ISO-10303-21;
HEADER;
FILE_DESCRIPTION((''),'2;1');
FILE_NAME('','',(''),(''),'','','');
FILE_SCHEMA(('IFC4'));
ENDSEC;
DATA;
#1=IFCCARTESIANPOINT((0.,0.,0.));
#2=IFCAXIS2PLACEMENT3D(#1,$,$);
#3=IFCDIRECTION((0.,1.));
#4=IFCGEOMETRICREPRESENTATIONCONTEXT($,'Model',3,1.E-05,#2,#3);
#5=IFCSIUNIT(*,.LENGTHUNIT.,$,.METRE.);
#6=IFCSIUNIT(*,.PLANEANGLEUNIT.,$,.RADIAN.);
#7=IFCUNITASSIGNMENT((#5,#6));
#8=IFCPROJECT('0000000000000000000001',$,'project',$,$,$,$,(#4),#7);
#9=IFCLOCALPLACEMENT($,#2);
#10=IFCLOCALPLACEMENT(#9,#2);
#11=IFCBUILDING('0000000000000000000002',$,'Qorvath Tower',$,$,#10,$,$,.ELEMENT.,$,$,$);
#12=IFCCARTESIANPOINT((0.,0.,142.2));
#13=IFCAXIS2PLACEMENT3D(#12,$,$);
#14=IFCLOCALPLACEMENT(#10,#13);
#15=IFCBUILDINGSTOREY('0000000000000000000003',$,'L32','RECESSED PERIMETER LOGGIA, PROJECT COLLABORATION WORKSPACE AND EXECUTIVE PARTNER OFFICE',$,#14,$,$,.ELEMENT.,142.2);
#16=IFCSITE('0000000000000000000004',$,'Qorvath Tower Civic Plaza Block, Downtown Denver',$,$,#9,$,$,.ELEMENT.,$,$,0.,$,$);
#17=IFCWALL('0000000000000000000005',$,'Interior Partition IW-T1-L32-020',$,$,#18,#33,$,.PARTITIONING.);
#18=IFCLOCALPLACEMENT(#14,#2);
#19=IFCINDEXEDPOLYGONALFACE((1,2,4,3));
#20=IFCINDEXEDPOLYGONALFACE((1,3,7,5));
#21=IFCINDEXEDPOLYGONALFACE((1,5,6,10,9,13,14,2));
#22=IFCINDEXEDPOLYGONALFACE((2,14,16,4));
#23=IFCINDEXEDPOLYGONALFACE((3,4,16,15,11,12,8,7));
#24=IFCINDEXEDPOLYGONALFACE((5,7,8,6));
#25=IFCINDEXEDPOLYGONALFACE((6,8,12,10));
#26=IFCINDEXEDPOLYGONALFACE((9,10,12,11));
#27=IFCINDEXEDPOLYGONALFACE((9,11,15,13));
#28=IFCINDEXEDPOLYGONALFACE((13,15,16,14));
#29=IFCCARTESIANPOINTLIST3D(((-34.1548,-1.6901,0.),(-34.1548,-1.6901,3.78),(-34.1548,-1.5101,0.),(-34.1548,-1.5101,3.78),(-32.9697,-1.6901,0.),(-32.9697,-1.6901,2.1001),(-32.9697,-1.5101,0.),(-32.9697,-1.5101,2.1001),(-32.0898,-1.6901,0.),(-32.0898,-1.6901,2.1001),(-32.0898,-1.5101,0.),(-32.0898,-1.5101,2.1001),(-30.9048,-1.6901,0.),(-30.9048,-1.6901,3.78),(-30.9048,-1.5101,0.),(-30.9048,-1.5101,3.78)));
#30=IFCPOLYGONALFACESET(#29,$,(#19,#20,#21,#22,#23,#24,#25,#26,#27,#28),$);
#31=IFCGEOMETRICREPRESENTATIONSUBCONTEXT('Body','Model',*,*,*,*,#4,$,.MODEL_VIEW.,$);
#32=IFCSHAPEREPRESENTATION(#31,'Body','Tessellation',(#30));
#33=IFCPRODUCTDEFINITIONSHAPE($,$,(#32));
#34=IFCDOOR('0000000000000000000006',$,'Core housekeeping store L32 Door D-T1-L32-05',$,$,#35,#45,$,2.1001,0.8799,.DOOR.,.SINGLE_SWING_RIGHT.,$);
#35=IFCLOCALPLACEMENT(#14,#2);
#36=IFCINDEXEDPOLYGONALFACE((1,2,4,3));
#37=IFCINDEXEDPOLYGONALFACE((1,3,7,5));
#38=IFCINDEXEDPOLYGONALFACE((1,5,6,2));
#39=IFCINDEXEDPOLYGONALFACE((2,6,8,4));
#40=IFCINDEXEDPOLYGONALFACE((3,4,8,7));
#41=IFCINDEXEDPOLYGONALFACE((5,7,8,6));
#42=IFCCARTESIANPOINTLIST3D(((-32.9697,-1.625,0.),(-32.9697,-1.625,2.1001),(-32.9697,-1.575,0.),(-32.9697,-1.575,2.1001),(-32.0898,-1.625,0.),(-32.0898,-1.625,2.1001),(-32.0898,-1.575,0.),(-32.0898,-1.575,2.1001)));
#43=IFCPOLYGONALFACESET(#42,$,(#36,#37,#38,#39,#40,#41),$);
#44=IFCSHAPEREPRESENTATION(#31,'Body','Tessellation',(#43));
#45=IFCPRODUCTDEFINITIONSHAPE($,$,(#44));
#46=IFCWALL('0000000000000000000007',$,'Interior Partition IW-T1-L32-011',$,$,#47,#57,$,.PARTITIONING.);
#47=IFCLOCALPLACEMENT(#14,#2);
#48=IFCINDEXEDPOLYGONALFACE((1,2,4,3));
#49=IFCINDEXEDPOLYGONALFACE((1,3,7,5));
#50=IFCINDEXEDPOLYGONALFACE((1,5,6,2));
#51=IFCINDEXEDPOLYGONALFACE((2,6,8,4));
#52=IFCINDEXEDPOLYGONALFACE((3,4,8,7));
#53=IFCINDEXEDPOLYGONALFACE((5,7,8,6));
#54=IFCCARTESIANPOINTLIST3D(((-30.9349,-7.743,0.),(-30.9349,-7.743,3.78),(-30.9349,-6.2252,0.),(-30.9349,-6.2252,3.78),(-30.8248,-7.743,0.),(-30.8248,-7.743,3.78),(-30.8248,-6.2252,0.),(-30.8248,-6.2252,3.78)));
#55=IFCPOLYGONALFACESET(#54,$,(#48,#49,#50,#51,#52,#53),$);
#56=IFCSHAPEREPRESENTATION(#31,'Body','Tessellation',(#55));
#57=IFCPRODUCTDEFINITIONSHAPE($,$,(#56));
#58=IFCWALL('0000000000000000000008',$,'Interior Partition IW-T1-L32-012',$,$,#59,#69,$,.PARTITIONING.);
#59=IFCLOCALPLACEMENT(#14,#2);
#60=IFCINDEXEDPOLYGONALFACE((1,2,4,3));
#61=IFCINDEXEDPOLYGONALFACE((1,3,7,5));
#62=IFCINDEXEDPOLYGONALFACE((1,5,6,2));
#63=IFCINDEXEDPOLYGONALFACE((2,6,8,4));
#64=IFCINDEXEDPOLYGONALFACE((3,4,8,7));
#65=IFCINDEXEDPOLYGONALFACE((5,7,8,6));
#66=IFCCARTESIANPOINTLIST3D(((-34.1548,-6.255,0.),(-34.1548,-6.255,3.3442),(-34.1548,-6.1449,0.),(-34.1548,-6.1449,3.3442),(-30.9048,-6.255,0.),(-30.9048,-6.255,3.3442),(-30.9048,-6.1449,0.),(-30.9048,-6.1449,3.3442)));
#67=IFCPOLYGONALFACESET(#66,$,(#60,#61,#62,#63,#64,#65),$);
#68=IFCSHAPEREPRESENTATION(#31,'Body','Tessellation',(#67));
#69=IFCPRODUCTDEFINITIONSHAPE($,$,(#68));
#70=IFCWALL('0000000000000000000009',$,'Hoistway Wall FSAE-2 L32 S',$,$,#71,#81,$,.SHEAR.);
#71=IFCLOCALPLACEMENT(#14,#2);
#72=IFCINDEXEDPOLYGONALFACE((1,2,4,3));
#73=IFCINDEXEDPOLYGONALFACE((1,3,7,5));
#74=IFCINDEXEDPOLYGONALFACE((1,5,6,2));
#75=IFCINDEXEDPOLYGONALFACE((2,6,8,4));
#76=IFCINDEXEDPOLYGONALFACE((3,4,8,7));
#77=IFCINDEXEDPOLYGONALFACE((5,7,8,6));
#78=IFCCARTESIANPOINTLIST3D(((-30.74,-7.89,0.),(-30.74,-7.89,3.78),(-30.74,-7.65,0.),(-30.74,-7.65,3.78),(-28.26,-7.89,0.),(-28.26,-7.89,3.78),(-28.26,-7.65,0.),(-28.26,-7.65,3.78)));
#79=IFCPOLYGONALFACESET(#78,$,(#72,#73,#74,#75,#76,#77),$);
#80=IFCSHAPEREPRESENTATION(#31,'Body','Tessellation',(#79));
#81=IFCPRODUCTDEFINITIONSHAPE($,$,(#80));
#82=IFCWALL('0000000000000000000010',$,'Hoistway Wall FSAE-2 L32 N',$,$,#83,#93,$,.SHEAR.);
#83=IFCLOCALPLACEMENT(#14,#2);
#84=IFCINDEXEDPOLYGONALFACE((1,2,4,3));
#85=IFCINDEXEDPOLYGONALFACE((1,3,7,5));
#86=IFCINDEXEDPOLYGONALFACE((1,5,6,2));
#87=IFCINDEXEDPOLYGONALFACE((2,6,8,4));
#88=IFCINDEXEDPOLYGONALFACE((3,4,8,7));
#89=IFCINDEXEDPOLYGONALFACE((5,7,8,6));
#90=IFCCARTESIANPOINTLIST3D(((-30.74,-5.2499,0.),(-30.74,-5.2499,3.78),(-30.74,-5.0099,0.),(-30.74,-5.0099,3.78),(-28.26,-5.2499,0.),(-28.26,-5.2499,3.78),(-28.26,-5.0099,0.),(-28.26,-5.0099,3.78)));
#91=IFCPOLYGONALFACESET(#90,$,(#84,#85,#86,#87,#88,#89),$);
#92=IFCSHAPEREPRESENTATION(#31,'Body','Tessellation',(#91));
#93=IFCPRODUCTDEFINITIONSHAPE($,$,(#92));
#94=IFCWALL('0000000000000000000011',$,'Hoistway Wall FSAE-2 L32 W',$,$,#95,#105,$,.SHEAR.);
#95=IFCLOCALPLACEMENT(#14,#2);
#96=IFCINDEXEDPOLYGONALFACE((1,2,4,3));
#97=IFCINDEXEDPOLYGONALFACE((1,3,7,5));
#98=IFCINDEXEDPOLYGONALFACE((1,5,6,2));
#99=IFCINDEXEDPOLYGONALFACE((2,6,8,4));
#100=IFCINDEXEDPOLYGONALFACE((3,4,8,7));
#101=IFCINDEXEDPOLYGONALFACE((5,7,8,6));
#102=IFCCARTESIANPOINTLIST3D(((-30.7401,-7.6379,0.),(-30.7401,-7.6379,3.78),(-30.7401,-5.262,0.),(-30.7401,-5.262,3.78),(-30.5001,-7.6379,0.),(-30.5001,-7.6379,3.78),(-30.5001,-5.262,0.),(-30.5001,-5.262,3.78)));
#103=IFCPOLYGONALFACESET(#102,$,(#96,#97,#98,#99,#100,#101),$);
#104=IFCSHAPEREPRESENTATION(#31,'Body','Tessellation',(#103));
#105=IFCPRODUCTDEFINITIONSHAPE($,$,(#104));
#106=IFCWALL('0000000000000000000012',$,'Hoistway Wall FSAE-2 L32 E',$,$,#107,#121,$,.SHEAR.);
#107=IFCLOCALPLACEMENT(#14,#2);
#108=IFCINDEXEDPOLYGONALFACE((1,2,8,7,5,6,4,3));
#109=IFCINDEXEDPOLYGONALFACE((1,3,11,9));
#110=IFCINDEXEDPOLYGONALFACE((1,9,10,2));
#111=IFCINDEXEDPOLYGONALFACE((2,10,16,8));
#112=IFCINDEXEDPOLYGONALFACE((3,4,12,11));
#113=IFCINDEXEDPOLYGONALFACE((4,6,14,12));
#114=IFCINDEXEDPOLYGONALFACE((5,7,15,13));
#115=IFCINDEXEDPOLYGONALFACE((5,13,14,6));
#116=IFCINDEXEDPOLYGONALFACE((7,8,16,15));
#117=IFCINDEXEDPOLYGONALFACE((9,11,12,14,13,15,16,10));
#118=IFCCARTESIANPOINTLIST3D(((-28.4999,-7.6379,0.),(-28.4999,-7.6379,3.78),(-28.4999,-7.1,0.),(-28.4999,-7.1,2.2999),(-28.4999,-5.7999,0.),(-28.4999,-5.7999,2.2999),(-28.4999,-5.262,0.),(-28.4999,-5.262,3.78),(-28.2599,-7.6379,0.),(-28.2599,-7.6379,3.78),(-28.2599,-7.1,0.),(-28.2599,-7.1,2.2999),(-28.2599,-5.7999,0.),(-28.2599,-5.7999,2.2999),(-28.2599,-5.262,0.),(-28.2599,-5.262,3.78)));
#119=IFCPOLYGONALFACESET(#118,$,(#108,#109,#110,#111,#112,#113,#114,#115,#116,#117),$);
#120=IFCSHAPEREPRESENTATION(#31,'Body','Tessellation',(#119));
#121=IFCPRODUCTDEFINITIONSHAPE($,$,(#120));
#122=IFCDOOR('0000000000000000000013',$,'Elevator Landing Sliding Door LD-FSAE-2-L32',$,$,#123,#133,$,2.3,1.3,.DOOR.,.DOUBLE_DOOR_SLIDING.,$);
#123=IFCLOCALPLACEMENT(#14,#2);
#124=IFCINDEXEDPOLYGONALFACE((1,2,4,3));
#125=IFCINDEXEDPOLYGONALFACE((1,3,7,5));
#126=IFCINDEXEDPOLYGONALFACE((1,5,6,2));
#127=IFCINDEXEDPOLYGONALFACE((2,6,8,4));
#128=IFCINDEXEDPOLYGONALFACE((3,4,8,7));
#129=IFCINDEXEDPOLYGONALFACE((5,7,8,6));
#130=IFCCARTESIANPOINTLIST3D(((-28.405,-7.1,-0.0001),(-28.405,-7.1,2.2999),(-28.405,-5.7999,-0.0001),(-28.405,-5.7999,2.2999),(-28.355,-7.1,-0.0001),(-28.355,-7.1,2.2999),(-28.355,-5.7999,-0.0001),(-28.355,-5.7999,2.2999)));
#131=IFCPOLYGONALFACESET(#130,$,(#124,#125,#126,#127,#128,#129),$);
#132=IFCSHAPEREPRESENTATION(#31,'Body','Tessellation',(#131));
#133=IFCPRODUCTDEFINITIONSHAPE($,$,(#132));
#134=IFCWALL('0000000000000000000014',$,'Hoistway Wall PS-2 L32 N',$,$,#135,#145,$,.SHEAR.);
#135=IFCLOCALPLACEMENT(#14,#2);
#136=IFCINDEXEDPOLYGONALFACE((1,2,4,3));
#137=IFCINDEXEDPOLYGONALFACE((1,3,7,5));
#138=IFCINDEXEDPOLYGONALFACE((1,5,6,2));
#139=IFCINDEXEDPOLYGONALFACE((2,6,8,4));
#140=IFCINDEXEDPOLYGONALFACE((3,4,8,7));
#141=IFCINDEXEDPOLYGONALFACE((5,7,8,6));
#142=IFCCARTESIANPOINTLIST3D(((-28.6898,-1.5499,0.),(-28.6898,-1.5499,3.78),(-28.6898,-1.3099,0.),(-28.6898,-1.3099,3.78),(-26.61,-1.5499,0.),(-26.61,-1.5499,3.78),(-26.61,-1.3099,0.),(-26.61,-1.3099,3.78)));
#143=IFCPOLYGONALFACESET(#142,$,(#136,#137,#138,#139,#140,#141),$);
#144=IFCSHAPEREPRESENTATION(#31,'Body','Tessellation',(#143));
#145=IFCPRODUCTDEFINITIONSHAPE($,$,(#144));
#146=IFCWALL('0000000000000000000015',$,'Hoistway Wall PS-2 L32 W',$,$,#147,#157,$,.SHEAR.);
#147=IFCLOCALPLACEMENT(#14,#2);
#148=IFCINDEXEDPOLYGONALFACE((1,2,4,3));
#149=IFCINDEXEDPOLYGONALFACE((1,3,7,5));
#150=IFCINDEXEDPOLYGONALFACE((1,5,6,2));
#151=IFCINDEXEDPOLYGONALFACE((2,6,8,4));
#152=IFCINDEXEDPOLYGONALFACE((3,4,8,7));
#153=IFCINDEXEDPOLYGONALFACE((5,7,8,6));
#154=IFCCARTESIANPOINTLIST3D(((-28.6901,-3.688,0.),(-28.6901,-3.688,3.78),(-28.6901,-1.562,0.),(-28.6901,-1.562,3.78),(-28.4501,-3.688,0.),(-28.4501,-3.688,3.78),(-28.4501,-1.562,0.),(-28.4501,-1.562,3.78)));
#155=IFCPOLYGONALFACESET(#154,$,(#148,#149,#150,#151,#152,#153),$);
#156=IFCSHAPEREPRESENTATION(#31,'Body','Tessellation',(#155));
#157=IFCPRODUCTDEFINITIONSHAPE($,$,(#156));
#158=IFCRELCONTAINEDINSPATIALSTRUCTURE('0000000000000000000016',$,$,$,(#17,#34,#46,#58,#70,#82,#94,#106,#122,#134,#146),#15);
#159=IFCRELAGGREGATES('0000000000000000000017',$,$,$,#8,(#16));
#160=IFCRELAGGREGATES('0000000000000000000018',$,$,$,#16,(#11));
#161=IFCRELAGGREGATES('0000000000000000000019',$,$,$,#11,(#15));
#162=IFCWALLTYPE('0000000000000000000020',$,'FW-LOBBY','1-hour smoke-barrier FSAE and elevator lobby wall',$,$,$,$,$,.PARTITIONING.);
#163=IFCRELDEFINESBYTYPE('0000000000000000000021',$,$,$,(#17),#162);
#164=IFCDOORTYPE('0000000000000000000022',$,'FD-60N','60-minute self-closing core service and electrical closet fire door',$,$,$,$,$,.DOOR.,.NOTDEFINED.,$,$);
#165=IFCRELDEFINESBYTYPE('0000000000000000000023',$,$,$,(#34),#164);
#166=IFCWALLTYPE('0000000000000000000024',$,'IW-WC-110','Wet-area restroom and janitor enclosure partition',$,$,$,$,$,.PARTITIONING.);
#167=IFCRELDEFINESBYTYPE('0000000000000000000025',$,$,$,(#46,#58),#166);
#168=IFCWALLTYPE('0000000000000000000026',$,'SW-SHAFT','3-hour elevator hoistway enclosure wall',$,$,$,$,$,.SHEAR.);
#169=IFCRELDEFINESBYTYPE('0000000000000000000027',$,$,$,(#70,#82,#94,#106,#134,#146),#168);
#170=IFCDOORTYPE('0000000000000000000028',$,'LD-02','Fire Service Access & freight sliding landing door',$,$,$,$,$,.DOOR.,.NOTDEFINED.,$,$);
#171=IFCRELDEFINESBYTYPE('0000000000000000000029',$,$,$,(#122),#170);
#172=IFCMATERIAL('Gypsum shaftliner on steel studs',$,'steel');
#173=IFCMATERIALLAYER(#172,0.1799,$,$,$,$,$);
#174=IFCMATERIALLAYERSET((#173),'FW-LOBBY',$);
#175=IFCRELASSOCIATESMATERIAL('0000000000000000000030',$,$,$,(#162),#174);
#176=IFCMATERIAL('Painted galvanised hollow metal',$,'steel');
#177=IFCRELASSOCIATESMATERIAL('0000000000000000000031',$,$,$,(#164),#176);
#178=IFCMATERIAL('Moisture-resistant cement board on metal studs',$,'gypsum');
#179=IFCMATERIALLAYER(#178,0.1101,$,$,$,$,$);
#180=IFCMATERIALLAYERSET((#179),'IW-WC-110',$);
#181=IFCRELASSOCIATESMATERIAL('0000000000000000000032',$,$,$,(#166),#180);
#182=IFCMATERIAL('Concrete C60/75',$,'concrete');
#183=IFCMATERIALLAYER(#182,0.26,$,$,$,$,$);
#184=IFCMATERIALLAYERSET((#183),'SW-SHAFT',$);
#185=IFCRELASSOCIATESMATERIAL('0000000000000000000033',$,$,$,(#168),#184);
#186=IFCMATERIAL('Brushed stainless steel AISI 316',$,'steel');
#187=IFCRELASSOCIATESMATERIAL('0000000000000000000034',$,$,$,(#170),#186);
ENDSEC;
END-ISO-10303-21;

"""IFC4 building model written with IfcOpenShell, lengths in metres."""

from ifc_helpers import new_model, si_unit, direction, frame, frame_2d, origin, place, context, subcontext, project, spatial, rectangle, extrude, material, layer, layer_set, type_object, element, fill, save


model = new_model("IFC4")

# Units and contexts
model_context = context("Model", 3, precision=1e-05, world=origin(), true_north=direction((0.0, 1.0)))
body_context = subcontext(model_context, "Body", "Model", "MODEL_VIEW")
ifc_project = project(units=[si_unit("LENGTHUNIT", "METRE"), si_unit("PLANEANGLEUNIT", "RADIAN")], contexts=[model_context])

# Site, building, storey
site_placement = place(None, origin())
site = spatial("IfcSite", under=ifc_project, at=site_placement, Name="Qorvath Tower Civic Plaza Block, Downtown Denver", CompositionType="ELEMENT", RefElevation=0.0)
building_placement = place(site_placement, origin())
building = spatial("IfcBuilding", under=site, at=building_placement, Name="Qorvath Tower", CompositionType="ELEMENT")
storey_placement = place(building_placement, frame((0.0, 0.0, 142.2)))
storey = spatial("IfcBuildingStorey", under=building, at=storey_placement, Name="L32", Description="RECESSED PERIMETER LOGGIA, PROJECT COLLABORATION WORKSPACE AND EXECUTIVE PARTNER OFFICE", CompositionType="ELEMENT", Elevation=142.2)

# Shared definitions
ifc_material_1 = material(Name="Gypsum shaftliner on steel studs", Category="steel")
ifc_layer_1 = layer(ifc_material_1, 0.1799)
ifc_layer_set_1 = layer_set([ifc_layer_1], Name="FW-LOBBY")
wall_type_1 = type_object("IfcWallType", Name="FW-LOBBY", Description="1-hour smoke-barrier FSAE and elevator lobby wall", PredefinedType="PARTITIONING", material=ifc_layer_set_1)

# Wall, opening, door
wall_1_placement = place(storey_placement, frame((-30.9048, -1.6001, 0.0), z_axis=(0.0, 0.0, 1.0), x_axis=(-1.0, 0.0, 0.0)))
wall_1 = element("IfcWall", 1, at=wall_1_placement, inside=storey, type_object=wall_type_1, Name="Interior Partition IW-T1-L32-020", PredefinedType="PARTITIONING", context=body_context, shape_type="SweptSolid", body=[
    extrude(rectangle(XDim=3.25, YDim=0.1799, at=frame_2d((1.625, 0.0))), origin(), (0.0, 0.0, 1.0), 3.78),
])
opening_1_placement = place(wall_1_placement, frame((1.1851, 0.0, 0.0)))
opening_1 = element("IfcOpeningElement", 2, at=opening_1_placement, cuts=wall_1, PredefinedType="OPENING", context=body_context, shape_type="SweptSolid", body=[
    extrude(rectangle(XDim=0.8799, YDim=2.1001, at=frame_2d((0.4399, 1.05))), frame((0.0, 0.1001, 0.0), z_axis=(0.0, -1.0, 0.0), x_axis=(1.0, 0.0, 0.0)), (0.0, 0.0, 1.0), 0.2),
])
ifc_material_2 = material(Name="Painted galvanised hollow metal", Category="steel")
door_type_1 = type_object("IfcDoorType", Name="FD-60N", Description="60-minute self-closing core service and electrical closet fire door", OperationType="NOTDEFINED", PredefinedType="DOOR", material=ifc_material_2)
door_1_placement = place(opening_1_placement, origin())
door_1 = element("IfcDoor", 3, at=door_1_placement, inside=storey, type_object=door_type_1, Name="Core housekeeping store L32 Door D-T1-L32-05", OperationType="SINGLE_SWING_RIGHT", OverallHeight=2.1001, OverallWidth=0.8799, PredefinedType="DOOR", context=body_context, shape_type="SweptSolid", body=[
    extrude(rectangle(XDim=0.8799, YDim=2.1001, at=frame_2d((0.4399, 1.05))), frame((0.0, 0.0249, 0.0), z_axis=(0.0, -1.0, 0.0), x_axis=(1.0, 0.0, 0.0)), (0.0, 0.0, 1.0), 0.05),
])
fill(opening_1, door_1)

# Walls
ifc_material_3 = material(Name="Moisture-resistant cement board on metal studs", Category="gypsum")
ifc_layer_2 = layer(ifc_material_3, 0.1101)
ifc_layer_set_2 = layer_set([ifc_layer_2], Name="IW-WC-110")
wall_type_2 = type_object("IfcWallType", Name="IW-WC-110", Description="Wet-area restroom and janitor enclosure partition", PredefinedType="PARTITIONING", material=ifc_layer_set_2)
wall_2_placement = place(storey_placement, frame((-30.8799, -7.7429, 0.0), z_axis=(0.0, 0.0, 1.0), x_axis=(0.0, 1.0, 0.0)))
element("IfcWall", 4, at=wall_2_placement, inside=storey, type_object=wall_type_2, Name="Interior Partition IW-T1-L32-011", PredefinedType="PARTITIONING", context=body_context, shape_type="SweptSolid", body=[
    extrude(rectangle(XDim=1.5178, YDim=0.1101, at=frame_2d((0.7588, 0.0))), origin(), (0.0, 0.0, 1.0), 3.78),
])
wall_3_placement = place(storey_placement, frame((-30.9048, -6.2, 0.0), z_axis=(0.0, 0.0, 1.0), x_axis=(-1.0, 0.0, 0.0)))
element("IfcWall", 5, at=wall_3_placement, inside=storey, type_object=wall_type_2, Name="Interior Partition IW-T1-L32-012", PredefinedType="PARTITIONING", context=body_context, shape_type="SweptSolid", body=[
    extrude(rectangle(XDim=3.25, YDim=0.1101, at=frame_2d((1.625, 0.0))), origin(), (0.0, 0.0, 1.0), 3.3442),
])
ifc_material_4 = material(Name="Concrete C60/75", Category="concrete")
ifc_layer_3 = layer(ifc_material_4, 0.26)
ifc_layer_set_3 = layer_set([ifc_layer_3], Name="SW-SHAFT")
wall_type_3 = type_object("IfcWallType", Name="SW-SHAFT", Description="3-hour elevator hoistway enclosure wall", PredefinedType="SHEAR", material=ifc_layer_set_3)
for number, where, z_axis, x_axis, name in (
    (6, (-28.26, -7.77, 0.0), (0.0, 0.0, 1.0), (-1.0, 0.0, 0.0), "Hoistway Wall FSAE-2 L32 S"),
    (7, (-30.74, -5.1299, 0.0), (0.0, 0.0, 1.0), (1.0, 0.0, 0.0), "Hoistway Wall FSAE-2 L32 N"),
):
    element("IfcWall", number, at=place(storey_placement, frame(where, z_axis=z_axis, x_axis=x_axis)), inside=storey, type_object=wall_type_3, Name=name, PredefinedType="SHEAR", context=body_context, shape_type="SweptSolid", body=[
        extrude(rectangle(XDim=2.48, YDim=0.24, at=frame_2d((1.24, 0.0))), origin(), (0.0, 0.0, 1.0), 3.78),
    ])
wall_4_placement = place(storey_placement, frame((-30.6201, -7.6379, 0.0), z_axis=(0.0, 0.0, 1.0), x_axis=(0.0, 1.0, 0.0)))
element("IfcWall", 8, at=wall_4_placement, inside=storey, type_object=wall_type_3, Name="Hoistway Wall FSAE-2 L32 W", PredefinedType="SHEAR", context=body_context, shape_type="SweptSolid", body=[
    extrude(rectangle(XDim=2.376, YDim=0.24, at=frame_2d((1.188, 0.0))), origin(), (0.0, 0.0, 1.0), 3.78),
])

# Wall, opening, door
wall_5_placement = place(storey_placement, frame((-28.3799, -5.262, 0.0), z_axis=(0.0, 0.0, 1.0), x_axis=(0.0, -1.0, 0.0)))
wall_5 = element("IfcWall", 9, at=wall_5_placement, inside=storey, type_object=wall_type_3, Name="Hoistway Wall FSAE-2 L32 E", PredefinedType="SHEAR", context=body_context, shape_type="SweptSolid", body=[
    extrude(rectangle(XDim=2.376, YDim=0.24, at=frame_2d((1.188, 0.0))), origin(), (0.0, 0.0, 1.0), 3.78),
])
opening_2_placement = place(wall_5_placement, frame((0.5381, 0.0, 0.0)))
opening_2 = element("IfcOpeningElement", 10, at=opening_2_placement, cuts=wall_5, PredefinedType="OPENING", context=body_context, shape_type="SweptSolid", body=[
    extrude(rectangle(XDim=1.3, YDim=2.3, at=frame_2d((0.6499, 1.1499))), frame((0.0, 0.1299, 0.0), z_axis=(0.0, -1.0, 0.0), x_axis=(1.0, 0.0, 0.0)), (0.0, 0.0, 1.0), 0.26),
])
ifc_material_5 = material(Name="Brushed stainless steel AISI 316", Category="steel")
door_type_2 = type_object("IfcDoorType", Name="LD-02", Description="Fire Service Access & freight sliding landing door", OperationType="NOTDEFINED", PredefinedType="DOOR", material=ifc_material_5)
door_2_placement = place(opening_2_placement, origin())
door_2 = element("IfcDoor", 11, at=door_2_placement, inside=storey, type_object=door_type_2, Name="Elevator Landing Sliding Door LD-FSAE-2-L32", OperationType="DOUBLE_DOOR_SLIDING", OverallHeight=2.3, OverallWidth=1.3, PredefinedType="DOOR", context=body_context, shape_type="SweptSolid", body=[
    extrude(rectangle(XDim=1.3, YDim=2.3, at=frame_2d((0.6499, 1.1499))), frame((0.0, 0.0249, 0.0), z_axis=(0.0, -1.0, 0.0), x_axis=(1.0, 0.0, 0.0)), (0.0, 0.0, 1.0), 0.05),
])
fill(opening_2, door_2)

# Walls
wall_6_placement = place(storey_placement, frame((-28.6899, -1.4299, 0.0), z_axis=(0.0, 0.0, 1.0), x_axis=(1.0, 0.0, 0.0)))
element("IfcWall", 12, at=wall_6_placement, inside=storey, type_object=wall_type_3, Name="Hoistway Wall PS-2 L32 N", PredefinedType="SHEAR", context=body_context, shape_type="SweptSolid", body=[
    extrude(rectangle(XDim=2.0798, YDim=0.24, at=frame_2d((1.04, 0.0))), origin(), (0.0, 0.0, 1.0), 3.78),
])
wall_7_placement = place(storey_placement, frame((-28.5701, -3.688, 0.0), z_axis=(0.0, 0.0, 1.0), x_axis=(0.0, 1.0, 0.0)))
element("IfcWall", 13, at=wall_7_placement, inside=storey, type_object=wall_type_3, Name="Hoistway Wall PS-2 L32 W", PredefinedType="SHEAR", context=body_context, shape_type="SweptSolid", body=[
    extrude(rectangle(XDim=2.126, YDim=0.24, at=frame_2d((1.063, 0.0))), origin(), (0.0, 0.0, 1.0), 3.78),
])

save(model, "model.ifc")
